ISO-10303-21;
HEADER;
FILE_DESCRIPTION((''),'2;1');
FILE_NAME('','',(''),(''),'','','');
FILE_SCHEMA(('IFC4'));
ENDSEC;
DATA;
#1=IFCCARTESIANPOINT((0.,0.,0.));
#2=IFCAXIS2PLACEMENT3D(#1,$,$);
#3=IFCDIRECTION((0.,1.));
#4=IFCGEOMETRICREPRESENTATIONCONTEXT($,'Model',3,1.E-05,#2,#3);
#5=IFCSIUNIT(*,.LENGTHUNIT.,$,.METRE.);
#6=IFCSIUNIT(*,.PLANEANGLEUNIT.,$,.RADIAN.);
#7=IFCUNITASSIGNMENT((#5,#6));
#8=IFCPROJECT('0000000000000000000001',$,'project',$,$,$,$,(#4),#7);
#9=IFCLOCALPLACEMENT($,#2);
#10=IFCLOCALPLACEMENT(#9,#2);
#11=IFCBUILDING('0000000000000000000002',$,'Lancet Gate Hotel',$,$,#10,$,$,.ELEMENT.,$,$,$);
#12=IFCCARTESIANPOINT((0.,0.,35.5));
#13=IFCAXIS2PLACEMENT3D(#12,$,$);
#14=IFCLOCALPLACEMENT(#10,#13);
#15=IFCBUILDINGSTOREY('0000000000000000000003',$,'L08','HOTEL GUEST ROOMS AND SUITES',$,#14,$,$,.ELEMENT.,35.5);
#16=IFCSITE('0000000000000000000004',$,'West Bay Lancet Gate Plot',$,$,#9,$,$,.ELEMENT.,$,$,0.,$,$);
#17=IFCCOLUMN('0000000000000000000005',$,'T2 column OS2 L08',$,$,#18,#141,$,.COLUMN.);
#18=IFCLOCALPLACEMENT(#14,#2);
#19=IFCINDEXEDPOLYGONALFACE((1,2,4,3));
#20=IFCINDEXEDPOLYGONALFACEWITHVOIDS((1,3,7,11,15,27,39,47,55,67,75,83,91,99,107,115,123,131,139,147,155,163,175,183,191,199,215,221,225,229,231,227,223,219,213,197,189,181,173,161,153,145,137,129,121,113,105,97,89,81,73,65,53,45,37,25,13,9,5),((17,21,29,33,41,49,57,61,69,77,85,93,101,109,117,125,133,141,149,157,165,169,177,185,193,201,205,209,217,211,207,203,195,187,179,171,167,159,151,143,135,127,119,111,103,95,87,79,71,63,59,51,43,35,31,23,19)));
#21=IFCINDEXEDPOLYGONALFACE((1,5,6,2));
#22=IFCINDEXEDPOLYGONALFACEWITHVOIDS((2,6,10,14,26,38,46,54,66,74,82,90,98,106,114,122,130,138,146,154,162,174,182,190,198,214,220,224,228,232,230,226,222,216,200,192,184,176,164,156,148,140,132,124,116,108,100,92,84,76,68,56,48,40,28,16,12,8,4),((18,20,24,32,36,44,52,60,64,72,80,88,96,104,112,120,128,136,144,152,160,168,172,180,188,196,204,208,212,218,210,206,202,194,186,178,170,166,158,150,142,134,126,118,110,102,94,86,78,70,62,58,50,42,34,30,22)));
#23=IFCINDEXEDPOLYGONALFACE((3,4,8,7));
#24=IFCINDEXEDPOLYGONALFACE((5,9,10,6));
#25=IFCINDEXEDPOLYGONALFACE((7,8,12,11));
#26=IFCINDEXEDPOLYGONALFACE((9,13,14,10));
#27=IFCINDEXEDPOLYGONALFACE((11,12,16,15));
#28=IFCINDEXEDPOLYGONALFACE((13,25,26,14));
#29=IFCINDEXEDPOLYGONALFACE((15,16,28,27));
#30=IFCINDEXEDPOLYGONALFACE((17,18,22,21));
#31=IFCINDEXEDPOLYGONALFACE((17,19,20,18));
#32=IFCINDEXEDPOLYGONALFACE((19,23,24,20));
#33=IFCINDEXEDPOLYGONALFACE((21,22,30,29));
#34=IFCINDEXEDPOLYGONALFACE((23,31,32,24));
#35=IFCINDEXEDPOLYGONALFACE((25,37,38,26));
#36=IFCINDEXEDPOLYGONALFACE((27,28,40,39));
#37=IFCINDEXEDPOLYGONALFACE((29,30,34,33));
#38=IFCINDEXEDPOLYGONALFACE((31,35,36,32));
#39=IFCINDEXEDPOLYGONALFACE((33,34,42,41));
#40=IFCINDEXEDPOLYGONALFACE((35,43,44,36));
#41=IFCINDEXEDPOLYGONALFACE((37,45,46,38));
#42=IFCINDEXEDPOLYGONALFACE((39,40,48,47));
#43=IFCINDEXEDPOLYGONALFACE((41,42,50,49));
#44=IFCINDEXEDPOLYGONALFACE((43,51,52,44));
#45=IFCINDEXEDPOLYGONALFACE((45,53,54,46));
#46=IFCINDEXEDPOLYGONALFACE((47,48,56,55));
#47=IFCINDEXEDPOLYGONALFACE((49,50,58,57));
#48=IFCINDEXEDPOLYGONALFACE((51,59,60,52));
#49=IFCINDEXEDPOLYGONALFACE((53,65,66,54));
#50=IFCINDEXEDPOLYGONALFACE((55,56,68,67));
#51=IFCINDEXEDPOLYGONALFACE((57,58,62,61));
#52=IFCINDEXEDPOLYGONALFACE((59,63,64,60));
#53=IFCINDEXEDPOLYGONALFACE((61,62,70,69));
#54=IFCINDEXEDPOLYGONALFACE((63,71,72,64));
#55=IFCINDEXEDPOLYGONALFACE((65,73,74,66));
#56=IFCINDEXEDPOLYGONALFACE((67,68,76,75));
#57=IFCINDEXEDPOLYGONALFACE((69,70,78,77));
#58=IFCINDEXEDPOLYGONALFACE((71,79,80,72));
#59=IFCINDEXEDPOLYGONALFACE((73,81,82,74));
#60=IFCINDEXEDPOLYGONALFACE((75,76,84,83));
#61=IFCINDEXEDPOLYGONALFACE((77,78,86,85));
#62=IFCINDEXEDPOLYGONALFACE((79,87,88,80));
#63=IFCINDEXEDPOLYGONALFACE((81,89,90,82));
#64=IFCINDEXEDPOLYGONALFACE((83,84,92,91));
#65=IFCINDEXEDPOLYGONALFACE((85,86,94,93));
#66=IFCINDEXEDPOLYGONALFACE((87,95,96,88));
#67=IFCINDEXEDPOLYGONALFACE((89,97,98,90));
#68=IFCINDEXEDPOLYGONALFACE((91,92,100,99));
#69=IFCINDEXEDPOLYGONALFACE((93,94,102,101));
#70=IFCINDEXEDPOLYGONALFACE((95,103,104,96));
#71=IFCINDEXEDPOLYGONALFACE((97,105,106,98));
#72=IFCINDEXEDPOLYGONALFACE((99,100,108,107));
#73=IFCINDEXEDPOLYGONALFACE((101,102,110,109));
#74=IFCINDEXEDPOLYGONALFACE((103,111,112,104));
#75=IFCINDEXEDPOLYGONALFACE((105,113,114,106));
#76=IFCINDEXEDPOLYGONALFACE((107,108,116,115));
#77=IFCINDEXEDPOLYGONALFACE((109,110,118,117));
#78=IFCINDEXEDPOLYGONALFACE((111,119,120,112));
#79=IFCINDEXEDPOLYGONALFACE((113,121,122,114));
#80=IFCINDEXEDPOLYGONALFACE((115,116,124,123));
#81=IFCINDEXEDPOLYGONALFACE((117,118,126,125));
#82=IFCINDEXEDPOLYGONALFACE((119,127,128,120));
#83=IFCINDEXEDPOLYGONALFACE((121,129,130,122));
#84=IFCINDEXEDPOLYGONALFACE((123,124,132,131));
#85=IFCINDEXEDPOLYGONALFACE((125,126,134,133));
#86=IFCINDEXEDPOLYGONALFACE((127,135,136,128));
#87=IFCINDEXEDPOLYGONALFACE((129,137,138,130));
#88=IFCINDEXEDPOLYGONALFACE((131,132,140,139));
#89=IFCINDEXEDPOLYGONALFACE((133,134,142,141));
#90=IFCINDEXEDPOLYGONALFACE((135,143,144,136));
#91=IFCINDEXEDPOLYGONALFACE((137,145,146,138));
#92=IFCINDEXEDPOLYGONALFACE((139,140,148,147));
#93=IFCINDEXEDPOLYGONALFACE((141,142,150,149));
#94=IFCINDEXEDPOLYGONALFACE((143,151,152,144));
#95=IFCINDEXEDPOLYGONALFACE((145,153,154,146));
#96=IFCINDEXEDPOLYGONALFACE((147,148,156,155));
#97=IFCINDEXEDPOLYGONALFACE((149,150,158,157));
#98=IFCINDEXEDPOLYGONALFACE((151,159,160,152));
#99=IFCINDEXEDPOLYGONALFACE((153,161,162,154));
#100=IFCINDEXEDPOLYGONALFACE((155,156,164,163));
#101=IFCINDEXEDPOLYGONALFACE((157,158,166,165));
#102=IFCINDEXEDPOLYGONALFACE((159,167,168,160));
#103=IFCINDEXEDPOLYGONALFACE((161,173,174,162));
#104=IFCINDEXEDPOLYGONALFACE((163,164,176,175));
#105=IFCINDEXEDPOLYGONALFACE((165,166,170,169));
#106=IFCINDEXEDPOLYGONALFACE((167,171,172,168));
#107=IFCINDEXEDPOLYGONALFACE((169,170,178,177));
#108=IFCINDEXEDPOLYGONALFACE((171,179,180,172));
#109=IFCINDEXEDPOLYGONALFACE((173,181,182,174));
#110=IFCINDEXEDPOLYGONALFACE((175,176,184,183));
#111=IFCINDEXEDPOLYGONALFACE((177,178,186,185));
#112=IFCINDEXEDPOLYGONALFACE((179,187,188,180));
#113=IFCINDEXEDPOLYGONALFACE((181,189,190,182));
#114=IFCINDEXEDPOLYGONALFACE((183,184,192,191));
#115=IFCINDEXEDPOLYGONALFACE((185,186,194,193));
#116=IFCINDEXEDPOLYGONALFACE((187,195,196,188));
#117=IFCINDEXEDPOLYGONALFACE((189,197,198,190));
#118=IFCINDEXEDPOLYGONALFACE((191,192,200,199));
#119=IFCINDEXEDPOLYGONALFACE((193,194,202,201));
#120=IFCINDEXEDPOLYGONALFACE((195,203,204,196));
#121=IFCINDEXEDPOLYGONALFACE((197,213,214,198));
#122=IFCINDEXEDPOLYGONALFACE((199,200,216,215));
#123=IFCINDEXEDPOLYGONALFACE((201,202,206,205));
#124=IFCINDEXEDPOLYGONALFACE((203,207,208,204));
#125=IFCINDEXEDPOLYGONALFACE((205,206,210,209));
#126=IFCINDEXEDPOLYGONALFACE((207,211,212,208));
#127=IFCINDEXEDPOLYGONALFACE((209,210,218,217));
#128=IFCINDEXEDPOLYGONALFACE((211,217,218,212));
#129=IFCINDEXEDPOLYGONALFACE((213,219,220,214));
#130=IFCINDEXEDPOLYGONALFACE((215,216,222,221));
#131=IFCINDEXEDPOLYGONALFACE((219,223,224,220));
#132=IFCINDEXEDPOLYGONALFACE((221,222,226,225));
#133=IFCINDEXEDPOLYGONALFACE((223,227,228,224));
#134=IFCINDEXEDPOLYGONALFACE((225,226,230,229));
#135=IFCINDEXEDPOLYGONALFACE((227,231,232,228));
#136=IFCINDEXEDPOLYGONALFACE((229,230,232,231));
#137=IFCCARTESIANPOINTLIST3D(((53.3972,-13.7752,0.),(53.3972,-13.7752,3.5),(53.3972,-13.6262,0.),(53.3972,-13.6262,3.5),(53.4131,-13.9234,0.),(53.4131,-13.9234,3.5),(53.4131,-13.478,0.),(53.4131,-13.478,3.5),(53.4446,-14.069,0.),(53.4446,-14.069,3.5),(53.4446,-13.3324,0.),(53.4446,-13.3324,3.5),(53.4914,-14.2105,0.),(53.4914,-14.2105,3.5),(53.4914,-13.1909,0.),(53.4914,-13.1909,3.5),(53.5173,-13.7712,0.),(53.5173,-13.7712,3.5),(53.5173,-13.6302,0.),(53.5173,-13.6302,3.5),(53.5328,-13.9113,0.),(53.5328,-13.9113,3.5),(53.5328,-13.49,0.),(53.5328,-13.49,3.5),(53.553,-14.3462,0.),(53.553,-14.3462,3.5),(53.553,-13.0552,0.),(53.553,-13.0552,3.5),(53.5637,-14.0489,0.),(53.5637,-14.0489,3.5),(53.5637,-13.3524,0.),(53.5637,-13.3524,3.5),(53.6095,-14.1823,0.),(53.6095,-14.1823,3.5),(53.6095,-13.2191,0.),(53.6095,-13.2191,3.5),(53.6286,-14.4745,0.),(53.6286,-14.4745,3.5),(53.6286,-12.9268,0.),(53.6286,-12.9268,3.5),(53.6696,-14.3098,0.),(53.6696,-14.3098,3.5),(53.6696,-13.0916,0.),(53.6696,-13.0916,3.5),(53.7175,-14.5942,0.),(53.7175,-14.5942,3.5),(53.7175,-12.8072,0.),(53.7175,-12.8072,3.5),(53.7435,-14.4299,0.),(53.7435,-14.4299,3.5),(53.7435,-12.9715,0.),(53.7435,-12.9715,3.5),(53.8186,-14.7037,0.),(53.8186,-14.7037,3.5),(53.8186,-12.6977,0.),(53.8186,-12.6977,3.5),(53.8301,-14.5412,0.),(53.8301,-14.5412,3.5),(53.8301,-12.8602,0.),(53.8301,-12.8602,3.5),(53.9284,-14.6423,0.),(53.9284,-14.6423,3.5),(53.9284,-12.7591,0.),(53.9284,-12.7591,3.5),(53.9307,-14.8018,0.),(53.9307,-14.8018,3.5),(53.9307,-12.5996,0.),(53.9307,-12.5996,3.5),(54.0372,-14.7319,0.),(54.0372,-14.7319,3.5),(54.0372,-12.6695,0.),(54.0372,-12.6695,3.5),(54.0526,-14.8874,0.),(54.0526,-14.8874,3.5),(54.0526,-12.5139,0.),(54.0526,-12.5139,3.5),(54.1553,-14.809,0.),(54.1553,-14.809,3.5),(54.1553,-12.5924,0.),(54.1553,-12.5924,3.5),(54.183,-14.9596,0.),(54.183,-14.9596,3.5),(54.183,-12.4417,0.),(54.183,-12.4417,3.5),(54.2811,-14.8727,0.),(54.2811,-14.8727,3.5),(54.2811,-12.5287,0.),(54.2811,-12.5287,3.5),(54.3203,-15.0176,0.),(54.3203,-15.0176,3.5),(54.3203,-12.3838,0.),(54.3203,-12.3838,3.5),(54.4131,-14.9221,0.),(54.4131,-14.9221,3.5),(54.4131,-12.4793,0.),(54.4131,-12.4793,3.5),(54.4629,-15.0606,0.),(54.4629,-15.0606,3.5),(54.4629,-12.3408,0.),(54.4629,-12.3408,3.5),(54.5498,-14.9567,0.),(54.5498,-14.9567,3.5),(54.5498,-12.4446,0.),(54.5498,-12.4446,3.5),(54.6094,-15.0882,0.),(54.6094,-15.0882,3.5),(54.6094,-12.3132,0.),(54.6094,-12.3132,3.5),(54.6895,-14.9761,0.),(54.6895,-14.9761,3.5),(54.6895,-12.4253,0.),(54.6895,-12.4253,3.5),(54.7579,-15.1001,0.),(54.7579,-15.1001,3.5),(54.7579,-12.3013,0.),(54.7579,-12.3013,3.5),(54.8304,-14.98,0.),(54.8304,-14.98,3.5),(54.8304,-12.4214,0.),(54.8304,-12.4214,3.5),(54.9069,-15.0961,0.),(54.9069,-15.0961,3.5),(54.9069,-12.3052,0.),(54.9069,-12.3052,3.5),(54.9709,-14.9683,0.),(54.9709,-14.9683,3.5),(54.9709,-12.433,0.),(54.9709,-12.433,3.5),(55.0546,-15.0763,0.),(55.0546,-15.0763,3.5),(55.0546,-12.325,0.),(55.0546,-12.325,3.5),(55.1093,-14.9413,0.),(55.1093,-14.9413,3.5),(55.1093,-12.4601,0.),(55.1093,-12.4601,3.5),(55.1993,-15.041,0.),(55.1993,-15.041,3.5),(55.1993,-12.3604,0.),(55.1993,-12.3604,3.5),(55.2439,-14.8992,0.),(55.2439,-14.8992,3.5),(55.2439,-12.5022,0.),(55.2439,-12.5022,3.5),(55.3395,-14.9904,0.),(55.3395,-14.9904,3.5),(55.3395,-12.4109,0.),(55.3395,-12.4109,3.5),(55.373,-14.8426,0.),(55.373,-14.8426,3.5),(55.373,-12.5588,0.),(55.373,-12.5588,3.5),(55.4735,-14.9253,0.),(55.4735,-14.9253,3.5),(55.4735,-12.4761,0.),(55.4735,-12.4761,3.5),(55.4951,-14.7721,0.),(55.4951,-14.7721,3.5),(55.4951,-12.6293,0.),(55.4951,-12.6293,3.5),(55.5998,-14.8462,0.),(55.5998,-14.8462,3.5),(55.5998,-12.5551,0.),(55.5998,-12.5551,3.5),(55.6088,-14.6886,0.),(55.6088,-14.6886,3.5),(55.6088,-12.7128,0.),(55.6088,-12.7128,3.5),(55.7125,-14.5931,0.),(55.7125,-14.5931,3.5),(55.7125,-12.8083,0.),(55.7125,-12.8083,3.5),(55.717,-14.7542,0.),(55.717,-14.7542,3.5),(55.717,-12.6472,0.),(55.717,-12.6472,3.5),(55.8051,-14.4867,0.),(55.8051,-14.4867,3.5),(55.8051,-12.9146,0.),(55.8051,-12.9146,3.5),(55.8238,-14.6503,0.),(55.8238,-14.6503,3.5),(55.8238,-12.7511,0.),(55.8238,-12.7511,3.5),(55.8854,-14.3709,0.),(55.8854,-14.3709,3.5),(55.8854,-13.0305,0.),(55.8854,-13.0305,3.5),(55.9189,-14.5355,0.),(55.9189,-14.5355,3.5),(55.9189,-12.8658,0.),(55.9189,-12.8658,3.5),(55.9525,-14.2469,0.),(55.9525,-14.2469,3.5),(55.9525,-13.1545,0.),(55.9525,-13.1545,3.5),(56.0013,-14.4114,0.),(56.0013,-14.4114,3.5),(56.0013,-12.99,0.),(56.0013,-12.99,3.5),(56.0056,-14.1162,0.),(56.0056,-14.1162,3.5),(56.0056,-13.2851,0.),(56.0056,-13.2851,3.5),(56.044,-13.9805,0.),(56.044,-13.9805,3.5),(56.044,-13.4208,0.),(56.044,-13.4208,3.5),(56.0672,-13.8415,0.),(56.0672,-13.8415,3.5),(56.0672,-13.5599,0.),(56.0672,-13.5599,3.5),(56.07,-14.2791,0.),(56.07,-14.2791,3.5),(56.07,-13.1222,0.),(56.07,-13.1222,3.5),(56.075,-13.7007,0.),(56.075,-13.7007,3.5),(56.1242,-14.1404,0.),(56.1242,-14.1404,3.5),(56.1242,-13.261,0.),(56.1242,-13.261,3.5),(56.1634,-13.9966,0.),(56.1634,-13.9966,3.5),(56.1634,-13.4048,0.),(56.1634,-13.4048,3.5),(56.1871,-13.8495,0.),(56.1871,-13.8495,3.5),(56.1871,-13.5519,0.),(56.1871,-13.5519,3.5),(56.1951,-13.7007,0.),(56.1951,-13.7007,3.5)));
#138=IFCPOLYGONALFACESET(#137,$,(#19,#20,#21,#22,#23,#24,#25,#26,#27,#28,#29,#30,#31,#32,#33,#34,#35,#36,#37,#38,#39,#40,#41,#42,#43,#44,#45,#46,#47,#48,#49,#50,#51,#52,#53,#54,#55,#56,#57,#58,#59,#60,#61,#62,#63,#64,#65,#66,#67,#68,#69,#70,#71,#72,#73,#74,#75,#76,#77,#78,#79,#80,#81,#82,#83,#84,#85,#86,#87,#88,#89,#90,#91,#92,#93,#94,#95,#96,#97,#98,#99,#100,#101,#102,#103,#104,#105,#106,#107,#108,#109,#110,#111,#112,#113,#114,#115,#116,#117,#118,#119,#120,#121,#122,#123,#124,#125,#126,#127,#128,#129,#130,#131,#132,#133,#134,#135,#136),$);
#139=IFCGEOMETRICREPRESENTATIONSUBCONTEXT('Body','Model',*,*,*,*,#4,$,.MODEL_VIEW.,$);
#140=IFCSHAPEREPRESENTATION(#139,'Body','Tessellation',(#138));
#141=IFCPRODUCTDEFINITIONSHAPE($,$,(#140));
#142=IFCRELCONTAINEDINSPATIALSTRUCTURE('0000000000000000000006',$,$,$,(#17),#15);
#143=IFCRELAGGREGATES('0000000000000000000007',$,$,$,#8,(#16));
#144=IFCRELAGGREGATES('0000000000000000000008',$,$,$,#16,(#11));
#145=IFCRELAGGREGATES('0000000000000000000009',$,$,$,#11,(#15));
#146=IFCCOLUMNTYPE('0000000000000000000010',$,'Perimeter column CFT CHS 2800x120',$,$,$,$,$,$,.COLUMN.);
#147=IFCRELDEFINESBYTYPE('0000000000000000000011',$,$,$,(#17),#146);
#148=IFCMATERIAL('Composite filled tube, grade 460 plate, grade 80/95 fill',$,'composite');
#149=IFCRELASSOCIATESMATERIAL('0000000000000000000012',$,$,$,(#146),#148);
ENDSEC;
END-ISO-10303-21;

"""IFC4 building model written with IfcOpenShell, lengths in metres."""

from ifc_helpers import new_model, si_unit, direction, frame, origin, origin_2d, place, context, subcontext, project, spatial, hollow_circle, extrude, material, material_profile, profile_set, type_object, element, save


model = new_model("IFC4")

# Units and contexts
model_context = context("Model", 3, precision=1e-05, world=origin(), true_north=direction((0.0, 1.0)))
body_context = subcontext(model_context, "Body", "Model", "MODEL_VIEW")
ifc_project = project(units=[si_unit("LENGTHUNIT", "METRE"), si_unit("PLANEANGLEUNIT", "RADIAN")], contexts=[model_context])

# Site, building, storey
site_placement = place(None, origin())
site = spatial("IfcSite", under=ifc_project, at=site_placement, Name="West Bay Lancet Gate Plot", CompositionType="ELEMENT", RefElevation=0.0)
building_placement = place(site_placement, origin())
building = spatial("IfcBuilding", under=site, at=building_placement, Name="Lancet Gate Hotel", CompositionType="ELEMENT")
storey_placement = place(building_placement, frame((0.0, 0.0, 35.5)))
storey = spatial("IfcBuildingStorey", under=building, at=storey_placement, Name="L08", Description="HOTEL GUEST ROOMS AND SUITES", CompositionType="ELEMENT", Elevation=35.5)

# Column
ifc_material_1 = material(Name="Composite filled tube, grade 460 plate, grade 80/95 fill", Category="composite")
ifc_material_profile_1 = material_profile(ifc_material_1, hollow_circle(Radius=1.3999, WallThickness=0.1201, at=origin_2d()), Name="CHS 2800x120")
ifc_profile_set_1 = profile_set([ifc_material_profile_1], Name="Composite filled tube, grade 460 plate, grade 80/95 fill")
column_type = type_object("IfcColumnType", Name="Perimeter column CFT CHS 2800x120", PredefinedType="COLUMN", material=ifc_profile_set_1)
for number, where, z_axis, x_axis, name in (
    (1, (54.7952, -13.7007, 0.0), (0.0, 0.0, 1.0), (1.0, 0.0, 0.0), "T2 column OS2 L08"),
):
    element("IfcColumn", number, at=place(storey_placement, frame(where, z_axis=z_axis, x_axis=x_axis)), inside=storey, type_object=column_type, Name=name, PredefinedType="COLUMN", context=body_context, shape_type="SweptSolid", body=[
        extrude(hollow_circle(Radius=1.3999, WallThickness=0.1201, at=origin_2d()), origin(), (0.0, 0.0, 1.0), 3.5),
    ])

save(model, "model.ifc")
